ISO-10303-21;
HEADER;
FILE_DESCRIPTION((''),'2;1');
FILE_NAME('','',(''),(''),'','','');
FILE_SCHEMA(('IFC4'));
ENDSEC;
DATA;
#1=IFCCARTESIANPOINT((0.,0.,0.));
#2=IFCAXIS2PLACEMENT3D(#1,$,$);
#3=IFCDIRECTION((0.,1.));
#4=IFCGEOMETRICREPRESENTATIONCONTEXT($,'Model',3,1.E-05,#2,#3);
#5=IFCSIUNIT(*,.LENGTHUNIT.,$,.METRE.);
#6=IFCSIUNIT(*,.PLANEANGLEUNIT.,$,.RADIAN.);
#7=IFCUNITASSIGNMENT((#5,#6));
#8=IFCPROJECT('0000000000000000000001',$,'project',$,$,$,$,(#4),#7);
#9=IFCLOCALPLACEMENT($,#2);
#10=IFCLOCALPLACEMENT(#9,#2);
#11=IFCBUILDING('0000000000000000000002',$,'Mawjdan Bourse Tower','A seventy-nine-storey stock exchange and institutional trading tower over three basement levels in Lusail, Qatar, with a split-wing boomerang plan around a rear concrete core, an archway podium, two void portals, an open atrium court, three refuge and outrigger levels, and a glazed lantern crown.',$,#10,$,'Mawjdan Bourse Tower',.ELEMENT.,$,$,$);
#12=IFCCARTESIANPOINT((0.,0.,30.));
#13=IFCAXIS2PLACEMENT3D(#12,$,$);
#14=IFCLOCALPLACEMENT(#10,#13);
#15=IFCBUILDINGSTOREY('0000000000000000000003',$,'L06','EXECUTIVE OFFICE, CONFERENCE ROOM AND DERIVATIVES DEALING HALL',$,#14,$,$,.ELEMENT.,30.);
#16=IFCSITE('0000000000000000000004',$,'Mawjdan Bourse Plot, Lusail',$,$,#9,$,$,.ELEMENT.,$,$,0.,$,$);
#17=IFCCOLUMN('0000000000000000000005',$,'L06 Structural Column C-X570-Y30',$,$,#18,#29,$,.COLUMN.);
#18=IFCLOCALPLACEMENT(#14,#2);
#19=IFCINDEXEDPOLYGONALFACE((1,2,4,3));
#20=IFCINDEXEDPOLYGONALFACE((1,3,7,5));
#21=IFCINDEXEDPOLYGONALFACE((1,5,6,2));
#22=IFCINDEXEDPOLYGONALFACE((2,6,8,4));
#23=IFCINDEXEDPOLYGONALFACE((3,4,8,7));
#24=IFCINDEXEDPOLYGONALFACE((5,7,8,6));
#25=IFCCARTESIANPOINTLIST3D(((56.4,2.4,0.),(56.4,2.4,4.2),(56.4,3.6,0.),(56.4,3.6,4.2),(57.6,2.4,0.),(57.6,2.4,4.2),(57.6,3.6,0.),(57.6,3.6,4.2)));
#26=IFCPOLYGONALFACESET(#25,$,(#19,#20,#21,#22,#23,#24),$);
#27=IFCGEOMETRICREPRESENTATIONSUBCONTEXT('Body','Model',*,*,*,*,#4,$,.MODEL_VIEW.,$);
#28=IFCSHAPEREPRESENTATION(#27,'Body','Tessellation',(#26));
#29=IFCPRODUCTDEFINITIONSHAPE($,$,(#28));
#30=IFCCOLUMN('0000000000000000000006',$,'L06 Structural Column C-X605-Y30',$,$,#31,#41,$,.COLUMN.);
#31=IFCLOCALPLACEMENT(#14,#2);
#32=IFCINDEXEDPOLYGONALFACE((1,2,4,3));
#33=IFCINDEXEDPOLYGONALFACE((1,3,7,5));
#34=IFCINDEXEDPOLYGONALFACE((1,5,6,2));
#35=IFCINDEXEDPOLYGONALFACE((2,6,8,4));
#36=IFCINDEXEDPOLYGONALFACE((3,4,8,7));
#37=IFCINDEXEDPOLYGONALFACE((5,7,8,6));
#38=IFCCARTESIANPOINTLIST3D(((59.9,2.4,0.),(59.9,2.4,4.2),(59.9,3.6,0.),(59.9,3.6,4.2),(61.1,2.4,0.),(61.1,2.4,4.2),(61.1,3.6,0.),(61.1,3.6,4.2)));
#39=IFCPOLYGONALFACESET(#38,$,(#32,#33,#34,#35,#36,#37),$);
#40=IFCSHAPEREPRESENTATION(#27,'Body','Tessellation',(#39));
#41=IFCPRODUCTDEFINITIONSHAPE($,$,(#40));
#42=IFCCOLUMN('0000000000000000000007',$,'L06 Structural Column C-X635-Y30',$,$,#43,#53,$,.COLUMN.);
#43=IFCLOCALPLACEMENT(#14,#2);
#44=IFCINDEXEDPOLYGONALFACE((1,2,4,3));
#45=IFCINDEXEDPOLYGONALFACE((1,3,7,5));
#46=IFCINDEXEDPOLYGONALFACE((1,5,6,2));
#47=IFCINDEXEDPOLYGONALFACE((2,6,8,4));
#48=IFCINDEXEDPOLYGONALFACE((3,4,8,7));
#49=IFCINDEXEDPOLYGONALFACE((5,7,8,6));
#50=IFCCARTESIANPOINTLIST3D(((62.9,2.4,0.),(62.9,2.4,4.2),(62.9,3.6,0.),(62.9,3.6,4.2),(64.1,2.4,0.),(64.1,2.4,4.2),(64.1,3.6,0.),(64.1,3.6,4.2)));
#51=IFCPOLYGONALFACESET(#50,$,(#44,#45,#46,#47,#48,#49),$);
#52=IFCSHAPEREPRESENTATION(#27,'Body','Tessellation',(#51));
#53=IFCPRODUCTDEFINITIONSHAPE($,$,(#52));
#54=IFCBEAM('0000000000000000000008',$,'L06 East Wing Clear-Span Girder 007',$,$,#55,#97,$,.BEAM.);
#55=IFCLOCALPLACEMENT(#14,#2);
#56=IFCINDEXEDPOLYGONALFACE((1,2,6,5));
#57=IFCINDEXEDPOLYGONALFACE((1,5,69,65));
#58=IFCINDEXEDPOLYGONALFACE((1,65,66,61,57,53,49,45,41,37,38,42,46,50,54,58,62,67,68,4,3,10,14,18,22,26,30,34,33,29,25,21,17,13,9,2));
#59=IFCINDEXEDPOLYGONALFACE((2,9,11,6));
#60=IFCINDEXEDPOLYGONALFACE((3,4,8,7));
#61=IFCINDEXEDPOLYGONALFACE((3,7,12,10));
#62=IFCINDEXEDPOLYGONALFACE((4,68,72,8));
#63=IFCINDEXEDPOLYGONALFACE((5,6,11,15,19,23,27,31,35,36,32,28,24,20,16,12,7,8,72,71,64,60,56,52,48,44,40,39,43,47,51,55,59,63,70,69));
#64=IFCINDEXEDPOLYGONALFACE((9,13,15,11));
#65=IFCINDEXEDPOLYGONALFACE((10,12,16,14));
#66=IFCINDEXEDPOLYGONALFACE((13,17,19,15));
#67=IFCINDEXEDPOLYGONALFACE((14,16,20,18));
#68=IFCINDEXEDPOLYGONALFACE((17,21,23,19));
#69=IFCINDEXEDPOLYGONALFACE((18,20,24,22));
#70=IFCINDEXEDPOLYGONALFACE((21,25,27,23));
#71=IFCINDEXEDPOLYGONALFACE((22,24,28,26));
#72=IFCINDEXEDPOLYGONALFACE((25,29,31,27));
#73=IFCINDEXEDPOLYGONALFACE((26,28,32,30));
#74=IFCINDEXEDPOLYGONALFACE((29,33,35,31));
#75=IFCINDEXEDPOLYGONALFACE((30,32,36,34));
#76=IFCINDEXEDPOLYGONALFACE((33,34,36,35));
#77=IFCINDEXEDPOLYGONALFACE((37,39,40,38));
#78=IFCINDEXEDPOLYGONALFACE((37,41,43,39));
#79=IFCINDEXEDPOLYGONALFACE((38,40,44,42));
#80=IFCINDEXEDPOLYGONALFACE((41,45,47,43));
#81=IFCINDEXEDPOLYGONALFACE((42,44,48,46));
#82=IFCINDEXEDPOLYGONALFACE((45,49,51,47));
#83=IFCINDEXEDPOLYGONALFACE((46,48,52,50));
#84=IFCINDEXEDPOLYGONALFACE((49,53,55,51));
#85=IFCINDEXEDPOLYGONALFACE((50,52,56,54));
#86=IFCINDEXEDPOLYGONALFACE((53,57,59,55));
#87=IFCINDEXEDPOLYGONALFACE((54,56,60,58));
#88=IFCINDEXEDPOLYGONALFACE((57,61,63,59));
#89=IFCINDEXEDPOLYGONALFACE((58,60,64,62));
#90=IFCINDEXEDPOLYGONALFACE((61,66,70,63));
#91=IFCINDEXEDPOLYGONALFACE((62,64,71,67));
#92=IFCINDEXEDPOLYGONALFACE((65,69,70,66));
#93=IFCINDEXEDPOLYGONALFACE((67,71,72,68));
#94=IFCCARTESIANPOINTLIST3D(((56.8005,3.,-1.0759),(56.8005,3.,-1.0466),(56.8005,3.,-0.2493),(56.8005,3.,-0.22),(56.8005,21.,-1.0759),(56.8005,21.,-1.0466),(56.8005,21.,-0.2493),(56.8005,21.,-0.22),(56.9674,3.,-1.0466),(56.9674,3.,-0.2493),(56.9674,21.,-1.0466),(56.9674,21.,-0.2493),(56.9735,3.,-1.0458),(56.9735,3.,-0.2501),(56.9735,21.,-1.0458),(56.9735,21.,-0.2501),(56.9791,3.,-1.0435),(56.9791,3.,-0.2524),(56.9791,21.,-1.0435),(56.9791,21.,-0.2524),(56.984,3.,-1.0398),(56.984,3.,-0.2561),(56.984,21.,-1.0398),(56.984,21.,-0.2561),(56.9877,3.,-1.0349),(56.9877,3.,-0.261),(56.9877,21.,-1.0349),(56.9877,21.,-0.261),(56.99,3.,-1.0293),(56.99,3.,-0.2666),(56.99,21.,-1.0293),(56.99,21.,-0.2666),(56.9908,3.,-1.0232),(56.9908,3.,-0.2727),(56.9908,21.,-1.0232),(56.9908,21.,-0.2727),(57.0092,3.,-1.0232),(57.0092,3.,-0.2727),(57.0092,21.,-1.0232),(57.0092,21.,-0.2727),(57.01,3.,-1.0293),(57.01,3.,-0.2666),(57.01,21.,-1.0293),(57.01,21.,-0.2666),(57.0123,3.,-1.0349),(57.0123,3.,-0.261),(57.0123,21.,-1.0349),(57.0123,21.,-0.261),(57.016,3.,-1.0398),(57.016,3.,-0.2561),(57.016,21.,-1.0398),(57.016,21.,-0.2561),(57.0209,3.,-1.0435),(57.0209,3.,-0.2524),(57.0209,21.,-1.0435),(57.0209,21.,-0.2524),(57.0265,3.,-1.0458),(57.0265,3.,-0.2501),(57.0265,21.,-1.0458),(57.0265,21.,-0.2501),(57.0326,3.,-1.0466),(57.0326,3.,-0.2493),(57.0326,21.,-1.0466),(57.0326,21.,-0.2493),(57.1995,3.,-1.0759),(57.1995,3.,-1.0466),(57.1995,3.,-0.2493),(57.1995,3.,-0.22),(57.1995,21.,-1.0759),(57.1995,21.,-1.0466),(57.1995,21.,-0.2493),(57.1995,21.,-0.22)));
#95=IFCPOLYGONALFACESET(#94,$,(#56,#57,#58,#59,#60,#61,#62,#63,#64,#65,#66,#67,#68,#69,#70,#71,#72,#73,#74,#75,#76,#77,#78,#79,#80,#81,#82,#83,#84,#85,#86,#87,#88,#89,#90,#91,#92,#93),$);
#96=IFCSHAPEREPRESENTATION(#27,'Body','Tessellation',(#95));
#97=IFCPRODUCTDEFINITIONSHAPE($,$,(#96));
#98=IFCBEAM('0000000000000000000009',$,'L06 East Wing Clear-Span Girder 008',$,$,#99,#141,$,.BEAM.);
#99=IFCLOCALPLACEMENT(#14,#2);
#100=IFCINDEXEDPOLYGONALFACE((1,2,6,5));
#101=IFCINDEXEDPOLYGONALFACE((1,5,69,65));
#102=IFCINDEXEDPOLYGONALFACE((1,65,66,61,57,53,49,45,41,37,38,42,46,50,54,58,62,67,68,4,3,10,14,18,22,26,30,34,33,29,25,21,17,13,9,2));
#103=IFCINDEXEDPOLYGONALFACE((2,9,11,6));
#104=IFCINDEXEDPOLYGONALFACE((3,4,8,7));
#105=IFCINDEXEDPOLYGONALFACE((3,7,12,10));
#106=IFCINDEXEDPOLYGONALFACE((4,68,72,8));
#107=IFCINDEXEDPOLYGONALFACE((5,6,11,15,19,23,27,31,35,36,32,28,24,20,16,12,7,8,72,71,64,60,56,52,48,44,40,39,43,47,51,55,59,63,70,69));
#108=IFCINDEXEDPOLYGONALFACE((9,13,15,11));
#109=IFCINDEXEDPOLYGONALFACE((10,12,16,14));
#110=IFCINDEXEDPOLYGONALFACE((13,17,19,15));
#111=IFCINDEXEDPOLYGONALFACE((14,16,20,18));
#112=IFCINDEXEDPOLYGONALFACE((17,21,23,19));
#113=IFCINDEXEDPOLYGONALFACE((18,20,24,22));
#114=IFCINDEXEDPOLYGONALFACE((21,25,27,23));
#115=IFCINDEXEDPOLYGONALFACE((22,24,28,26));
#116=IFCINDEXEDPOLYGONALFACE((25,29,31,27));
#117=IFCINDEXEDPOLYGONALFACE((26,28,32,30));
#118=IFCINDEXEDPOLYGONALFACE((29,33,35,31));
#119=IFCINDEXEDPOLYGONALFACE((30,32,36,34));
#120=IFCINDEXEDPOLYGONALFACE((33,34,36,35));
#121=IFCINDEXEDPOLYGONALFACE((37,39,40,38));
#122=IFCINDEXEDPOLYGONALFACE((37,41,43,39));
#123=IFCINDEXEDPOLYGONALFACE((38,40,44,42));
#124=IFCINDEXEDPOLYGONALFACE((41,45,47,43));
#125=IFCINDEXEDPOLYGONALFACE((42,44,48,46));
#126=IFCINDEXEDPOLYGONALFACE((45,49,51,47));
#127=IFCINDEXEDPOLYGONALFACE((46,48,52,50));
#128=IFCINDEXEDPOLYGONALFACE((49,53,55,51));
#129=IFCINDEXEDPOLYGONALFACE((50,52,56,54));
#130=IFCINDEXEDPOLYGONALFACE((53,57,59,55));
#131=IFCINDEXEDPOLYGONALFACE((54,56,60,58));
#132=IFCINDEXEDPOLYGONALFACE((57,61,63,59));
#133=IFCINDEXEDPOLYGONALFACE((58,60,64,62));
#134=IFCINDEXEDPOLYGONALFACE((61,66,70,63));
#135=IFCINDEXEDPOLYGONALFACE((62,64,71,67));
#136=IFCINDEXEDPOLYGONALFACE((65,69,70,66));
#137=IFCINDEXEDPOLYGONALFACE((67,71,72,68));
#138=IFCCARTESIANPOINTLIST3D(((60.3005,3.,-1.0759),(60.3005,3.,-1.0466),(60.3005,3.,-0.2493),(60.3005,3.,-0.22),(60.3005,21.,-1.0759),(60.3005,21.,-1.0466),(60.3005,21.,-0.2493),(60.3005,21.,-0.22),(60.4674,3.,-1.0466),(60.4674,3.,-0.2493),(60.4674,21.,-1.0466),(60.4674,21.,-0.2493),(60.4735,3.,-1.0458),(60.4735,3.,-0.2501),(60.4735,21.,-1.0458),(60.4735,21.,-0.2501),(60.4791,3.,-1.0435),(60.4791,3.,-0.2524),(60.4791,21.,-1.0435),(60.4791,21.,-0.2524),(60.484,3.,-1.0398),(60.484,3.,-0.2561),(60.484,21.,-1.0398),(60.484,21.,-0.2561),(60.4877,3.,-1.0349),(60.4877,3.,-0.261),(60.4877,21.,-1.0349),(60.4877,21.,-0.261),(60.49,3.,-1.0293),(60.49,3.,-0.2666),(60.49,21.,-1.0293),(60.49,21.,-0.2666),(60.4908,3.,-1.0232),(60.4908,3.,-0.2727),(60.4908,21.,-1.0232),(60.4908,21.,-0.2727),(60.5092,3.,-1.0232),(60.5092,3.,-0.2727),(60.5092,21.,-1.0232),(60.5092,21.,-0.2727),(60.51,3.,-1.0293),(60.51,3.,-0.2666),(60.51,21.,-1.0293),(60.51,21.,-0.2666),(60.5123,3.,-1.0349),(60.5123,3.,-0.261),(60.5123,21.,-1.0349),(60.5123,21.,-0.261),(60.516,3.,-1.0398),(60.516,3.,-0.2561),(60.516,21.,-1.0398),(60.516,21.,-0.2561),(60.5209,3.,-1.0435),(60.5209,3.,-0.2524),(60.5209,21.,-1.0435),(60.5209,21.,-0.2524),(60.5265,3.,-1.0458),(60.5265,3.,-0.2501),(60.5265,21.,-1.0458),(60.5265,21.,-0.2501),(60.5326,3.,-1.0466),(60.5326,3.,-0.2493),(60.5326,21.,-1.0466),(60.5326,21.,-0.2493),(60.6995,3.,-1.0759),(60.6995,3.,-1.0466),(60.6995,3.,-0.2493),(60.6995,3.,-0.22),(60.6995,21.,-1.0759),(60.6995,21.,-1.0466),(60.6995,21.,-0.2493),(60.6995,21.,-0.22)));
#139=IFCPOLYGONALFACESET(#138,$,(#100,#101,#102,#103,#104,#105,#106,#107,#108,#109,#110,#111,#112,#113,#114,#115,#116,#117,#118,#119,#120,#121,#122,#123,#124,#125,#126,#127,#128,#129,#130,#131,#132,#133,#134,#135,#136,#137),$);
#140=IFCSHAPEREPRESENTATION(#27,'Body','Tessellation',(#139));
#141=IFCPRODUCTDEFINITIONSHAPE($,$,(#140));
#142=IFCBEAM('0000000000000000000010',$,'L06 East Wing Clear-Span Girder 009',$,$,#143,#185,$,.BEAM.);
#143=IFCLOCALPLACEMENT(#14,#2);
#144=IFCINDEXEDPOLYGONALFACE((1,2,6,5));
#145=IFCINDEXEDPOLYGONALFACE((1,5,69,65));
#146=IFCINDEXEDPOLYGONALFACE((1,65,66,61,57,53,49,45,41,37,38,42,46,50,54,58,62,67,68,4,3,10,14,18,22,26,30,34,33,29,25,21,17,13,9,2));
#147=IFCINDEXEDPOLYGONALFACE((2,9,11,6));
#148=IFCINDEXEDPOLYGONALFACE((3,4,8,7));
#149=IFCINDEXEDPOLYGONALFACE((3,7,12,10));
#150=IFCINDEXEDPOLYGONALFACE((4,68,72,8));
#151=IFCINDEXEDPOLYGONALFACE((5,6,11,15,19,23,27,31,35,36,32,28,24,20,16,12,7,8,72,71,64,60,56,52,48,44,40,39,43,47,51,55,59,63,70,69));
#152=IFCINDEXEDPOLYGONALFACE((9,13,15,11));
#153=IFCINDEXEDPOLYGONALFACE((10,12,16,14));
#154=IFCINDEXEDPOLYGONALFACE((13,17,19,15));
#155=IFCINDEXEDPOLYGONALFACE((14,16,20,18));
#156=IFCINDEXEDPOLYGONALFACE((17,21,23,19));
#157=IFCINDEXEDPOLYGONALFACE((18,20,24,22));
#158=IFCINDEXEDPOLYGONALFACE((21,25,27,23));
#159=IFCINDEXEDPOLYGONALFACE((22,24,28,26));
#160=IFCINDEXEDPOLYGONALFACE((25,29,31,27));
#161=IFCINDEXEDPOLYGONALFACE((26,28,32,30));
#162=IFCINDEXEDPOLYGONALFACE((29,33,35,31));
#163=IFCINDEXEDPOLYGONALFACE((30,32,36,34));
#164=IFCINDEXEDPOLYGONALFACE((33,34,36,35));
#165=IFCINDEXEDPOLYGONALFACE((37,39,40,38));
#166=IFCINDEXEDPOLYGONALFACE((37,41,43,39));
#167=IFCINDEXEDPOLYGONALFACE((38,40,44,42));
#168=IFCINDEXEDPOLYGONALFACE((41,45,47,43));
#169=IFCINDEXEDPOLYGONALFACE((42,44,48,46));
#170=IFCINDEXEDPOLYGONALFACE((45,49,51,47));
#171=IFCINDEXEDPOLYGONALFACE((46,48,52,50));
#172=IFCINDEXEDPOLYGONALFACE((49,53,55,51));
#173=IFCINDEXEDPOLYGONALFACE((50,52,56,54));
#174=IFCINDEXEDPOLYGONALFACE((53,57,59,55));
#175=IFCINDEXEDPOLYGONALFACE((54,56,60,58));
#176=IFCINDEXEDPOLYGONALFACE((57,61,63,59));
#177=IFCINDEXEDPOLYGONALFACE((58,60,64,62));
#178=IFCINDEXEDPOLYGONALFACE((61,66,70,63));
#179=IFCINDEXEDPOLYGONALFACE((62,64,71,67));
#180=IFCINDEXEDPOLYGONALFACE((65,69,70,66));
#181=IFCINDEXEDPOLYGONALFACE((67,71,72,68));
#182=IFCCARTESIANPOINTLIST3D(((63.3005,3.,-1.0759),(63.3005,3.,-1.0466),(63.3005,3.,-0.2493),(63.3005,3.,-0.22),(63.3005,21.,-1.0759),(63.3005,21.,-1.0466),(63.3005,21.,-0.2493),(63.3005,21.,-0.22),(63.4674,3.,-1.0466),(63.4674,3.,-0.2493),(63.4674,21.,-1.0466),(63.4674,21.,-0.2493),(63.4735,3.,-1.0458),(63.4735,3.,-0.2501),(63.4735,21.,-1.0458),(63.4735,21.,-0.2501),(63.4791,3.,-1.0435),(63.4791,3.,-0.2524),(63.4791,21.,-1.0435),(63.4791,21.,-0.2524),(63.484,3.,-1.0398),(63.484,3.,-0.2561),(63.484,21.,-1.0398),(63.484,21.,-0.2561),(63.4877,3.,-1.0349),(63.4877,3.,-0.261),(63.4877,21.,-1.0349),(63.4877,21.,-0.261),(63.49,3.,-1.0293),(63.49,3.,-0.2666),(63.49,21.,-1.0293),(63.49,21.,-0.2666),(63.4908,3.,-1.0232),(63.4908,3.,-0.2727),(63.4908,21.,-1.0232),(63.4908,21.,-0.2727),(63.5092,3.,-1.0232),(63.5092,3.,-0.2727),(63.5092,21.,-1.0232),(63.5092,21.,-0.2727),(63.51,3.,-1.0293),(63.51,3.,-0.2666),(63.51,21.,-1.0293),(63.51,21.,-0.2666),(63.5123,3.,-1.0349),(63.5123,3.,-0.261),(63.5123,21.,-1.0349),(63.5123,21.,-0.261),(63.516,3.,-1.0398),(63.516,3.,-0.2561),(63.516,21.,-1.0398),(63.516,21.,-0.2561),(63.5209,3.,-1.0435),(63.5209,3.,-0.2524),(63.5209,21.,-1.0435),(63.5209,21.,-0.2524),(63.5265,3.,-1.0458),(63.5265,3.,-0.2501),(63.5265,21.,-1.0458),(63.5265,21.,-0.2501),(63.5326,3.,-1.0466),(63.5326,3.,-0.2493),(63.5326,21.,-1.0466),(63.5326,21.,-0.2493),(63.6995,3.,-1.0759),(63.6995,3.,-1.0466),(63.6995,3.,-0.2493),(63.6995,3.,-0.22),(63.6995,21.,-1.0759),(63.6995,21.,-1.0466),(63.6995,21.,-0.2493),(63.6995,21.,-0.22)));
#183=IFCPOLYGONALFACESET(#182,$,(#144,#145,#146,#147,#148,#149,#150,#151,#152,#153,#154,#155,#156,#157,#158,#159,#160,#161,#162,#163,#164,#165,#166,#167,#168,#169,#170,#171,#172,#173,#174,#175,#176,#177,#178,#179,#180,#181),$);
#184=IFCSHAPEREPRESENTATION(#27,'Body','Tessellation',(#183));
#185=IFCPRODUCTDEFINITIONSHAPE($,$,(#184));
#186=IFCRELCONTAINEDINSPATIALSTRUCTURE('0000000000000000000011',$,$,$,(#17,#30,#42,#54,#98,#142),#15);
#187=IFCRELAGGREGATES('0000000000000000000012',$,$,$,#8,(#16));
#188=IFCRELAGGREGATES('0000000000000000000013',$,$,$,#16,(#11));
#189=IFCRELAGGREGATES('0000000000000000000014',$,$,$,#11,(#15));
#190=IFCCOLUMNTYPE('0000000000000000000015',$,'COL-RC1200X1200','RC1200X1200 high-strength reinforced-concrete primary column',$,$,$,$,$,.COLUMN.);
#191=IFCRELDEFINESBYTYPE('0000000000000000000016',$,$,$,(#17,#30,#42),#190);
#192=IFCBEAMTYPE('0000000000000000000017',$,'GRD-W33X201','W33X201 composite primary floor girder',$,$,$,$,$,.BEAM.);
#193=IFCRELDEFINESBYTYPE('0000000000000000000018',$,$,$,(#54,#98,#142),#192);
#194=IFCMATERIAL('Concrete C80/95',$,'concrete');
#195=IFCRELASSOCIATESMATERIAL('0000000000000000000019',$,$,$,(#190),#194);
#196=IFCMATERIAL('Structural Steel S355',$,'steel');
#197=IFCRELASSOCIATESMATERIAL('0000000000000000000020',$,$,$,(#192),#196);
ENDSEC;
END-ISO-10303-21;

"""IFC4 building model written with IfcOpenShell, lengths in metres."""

from ifc_helpers import new_model, si_unit, direction, frame, origin, origin_2d, place, context, subcontext, project, spatial, rectangle, i_section, extrude, material, material_profile, profile_set, type_object, element, save


model = new_model("IFC4")

# Units and contexts
model_context = context("Model", 3, precision=1e-05, world=origin(), true_north=direction((0.0, 1.0)))
body_context = subcontext(model_context, "Body", "Model", "MODEL_VIEW")
ifc_project = project(units=[si_unit("LENGTHUNIT", "METRE"), si_unit("PLANEANGLEUNIT", "RADIAN")], contexts=[model_context])

# Site, building, storey
site_placement = place(None, origin())
site = spatial("IfcSite", under=ifc_project, at=site_placement, Name="Mawjdan Bourse Plot, Lusail", CompositionType="ELEMENT", RefElevation=0.0)
building_placement = place(site_placement, origin())
building = spatial("IfcBuilding", under=site, at=building_placement, Name="Mawjdan Bourse Tower", Description="A seventy-nine-storey stock exchange and institutional trading tower over three basement levels in Lusail, Qatar, with a split-wing boomerang plan around a rear concrete core, an archway podium, two void portals, an open atrium court, three refuge and outrigger levels, and a glazed lantern crown.", LongName="Mawjdan Bourse Tower", CompositionType="ELEMENT")
storey_placement = place(building_placement, frame((0.0, 0.0, 30.0)))
storey = spatial("IfcBuildingStorey", under=building, at=storey_placement, Name="L06", Description="EXECUTIVE OFFICE, CONFERENCE ROOM AND DERIVATIVES DEALING HALL", CompositionType="ELEMENT", Elevation=30.0)

# Columns
ifc_material_1 = material(Name="Concrete C80/95", Category="concrete")
ifc_material_profile_1 = material_profile(ifc_material_1, rectangle(XDim=1.2, YDim=1.2, at=origin_2d()), Name="RC1200X1200")
ifc_profile_set_1 = profile_set([ifc_material_profile_1], Name="Concrete C80/95")
column_type = type_object("IfcColumnType", Name="COL-RC1200X1200", Description="RC1200X1200 high-strength reinforced-concrete primary column", PredefinedType="COLUMN", material=ifc_profile_set_1)
for number, where, z_axis, x_axis, name in (
    (1, (57.0, 3.0, 0.0), (0.0, 0.0, 1.0), (1.0, 0.0, 0.0), "L06 Structural Column C-X570-Y30"),
    (2, (60.5, 3.0, 0.0), (0.0, 0.0, 1.0), (1.0, 0.0, 0.0), "L06 Structural Column C-X605-Y30"),
    (3, (63.5, 3.0, 0.0), (0.0, 0.0, 1.0), (1.0, 0.0, 0.0), "L06 Structural Column C-X635-Y30"),
):
    element("IfcColumn", number, at=place(storey_placement, frame(where, z_axis=z_axis, x_axis=x_axis)), inside=storey, type_object=column_type, Name=name, PredefinedType="COLUMN", context=body_context, shape_type="SweptSolid", body=[
        extrude(rectangle(XDim=1.2, YDim=1.2, at=origin_2d()), origin(), (0.0, 0.0, 1.0), 4.2),
    ])

# Beams
ifc_material_2 = material(Name="Structural Steel S355", Category="steel")
ifc_material_profile_2 = material_profile(ifc_material_2, i_section(OverallWidth=0.3989, OverallDepth=0.856, WebThickness=0.0183, FlangeThickness=0.0293, FilletRadius=0.0234, at=origin_2d()), Name="W33X201")
ifc_profile_set_2 = profile_set([ifc_material_profile_2], Name="Structural Steel S355")
beam_type_1 = type_object("IfcBeamType", Name="GRD-W33X201", Description="W33X201 composite primary floor girder", PredefinedType="BEAM", material=ifc_profile_set_2)
for number, where, z_axis, x_axis, name in (
    (4, (57.0, 3.0, -0.6479), (0.0, 1.0, 0.0), (-1.0, 0.0, 0.0), "L06 East Wing Clear-Span Girder 007"),
    (5, (60.5, 3.0, -0.6479), (0.0, 1.0, 0.0), (-1.0, 0.0, 0.0), "L06 East Wing Clear-Span Girder 008"),
    (6, (63.5, 3.0, -0.6479), (0.0, 1.0, 0.0), (-1.0, 0.0, 0.0), "L06 East Wing Clear-Span Girder 009"),
):
    element("IfcBeam", number, at=place(storey_placement, frame(where, z_axis=z_axis, x_axis=x_axis)), inside=storey, type_object=beam_type_1, Name=name, PredefinedType="BEAM", context=body_context, shape_type="SweptSolid", body=[
        extrude(i_section(OverallWidth=0.3989, OverallDepth=0.856, WebThickness=0.0183, FlangeThickness=0.0293, FilletRadius=0.0234, at=origin_2d()), origin(), (0.0, 0.0, 1.0), 18.0),
    ])

save(model, "model.ifc")
